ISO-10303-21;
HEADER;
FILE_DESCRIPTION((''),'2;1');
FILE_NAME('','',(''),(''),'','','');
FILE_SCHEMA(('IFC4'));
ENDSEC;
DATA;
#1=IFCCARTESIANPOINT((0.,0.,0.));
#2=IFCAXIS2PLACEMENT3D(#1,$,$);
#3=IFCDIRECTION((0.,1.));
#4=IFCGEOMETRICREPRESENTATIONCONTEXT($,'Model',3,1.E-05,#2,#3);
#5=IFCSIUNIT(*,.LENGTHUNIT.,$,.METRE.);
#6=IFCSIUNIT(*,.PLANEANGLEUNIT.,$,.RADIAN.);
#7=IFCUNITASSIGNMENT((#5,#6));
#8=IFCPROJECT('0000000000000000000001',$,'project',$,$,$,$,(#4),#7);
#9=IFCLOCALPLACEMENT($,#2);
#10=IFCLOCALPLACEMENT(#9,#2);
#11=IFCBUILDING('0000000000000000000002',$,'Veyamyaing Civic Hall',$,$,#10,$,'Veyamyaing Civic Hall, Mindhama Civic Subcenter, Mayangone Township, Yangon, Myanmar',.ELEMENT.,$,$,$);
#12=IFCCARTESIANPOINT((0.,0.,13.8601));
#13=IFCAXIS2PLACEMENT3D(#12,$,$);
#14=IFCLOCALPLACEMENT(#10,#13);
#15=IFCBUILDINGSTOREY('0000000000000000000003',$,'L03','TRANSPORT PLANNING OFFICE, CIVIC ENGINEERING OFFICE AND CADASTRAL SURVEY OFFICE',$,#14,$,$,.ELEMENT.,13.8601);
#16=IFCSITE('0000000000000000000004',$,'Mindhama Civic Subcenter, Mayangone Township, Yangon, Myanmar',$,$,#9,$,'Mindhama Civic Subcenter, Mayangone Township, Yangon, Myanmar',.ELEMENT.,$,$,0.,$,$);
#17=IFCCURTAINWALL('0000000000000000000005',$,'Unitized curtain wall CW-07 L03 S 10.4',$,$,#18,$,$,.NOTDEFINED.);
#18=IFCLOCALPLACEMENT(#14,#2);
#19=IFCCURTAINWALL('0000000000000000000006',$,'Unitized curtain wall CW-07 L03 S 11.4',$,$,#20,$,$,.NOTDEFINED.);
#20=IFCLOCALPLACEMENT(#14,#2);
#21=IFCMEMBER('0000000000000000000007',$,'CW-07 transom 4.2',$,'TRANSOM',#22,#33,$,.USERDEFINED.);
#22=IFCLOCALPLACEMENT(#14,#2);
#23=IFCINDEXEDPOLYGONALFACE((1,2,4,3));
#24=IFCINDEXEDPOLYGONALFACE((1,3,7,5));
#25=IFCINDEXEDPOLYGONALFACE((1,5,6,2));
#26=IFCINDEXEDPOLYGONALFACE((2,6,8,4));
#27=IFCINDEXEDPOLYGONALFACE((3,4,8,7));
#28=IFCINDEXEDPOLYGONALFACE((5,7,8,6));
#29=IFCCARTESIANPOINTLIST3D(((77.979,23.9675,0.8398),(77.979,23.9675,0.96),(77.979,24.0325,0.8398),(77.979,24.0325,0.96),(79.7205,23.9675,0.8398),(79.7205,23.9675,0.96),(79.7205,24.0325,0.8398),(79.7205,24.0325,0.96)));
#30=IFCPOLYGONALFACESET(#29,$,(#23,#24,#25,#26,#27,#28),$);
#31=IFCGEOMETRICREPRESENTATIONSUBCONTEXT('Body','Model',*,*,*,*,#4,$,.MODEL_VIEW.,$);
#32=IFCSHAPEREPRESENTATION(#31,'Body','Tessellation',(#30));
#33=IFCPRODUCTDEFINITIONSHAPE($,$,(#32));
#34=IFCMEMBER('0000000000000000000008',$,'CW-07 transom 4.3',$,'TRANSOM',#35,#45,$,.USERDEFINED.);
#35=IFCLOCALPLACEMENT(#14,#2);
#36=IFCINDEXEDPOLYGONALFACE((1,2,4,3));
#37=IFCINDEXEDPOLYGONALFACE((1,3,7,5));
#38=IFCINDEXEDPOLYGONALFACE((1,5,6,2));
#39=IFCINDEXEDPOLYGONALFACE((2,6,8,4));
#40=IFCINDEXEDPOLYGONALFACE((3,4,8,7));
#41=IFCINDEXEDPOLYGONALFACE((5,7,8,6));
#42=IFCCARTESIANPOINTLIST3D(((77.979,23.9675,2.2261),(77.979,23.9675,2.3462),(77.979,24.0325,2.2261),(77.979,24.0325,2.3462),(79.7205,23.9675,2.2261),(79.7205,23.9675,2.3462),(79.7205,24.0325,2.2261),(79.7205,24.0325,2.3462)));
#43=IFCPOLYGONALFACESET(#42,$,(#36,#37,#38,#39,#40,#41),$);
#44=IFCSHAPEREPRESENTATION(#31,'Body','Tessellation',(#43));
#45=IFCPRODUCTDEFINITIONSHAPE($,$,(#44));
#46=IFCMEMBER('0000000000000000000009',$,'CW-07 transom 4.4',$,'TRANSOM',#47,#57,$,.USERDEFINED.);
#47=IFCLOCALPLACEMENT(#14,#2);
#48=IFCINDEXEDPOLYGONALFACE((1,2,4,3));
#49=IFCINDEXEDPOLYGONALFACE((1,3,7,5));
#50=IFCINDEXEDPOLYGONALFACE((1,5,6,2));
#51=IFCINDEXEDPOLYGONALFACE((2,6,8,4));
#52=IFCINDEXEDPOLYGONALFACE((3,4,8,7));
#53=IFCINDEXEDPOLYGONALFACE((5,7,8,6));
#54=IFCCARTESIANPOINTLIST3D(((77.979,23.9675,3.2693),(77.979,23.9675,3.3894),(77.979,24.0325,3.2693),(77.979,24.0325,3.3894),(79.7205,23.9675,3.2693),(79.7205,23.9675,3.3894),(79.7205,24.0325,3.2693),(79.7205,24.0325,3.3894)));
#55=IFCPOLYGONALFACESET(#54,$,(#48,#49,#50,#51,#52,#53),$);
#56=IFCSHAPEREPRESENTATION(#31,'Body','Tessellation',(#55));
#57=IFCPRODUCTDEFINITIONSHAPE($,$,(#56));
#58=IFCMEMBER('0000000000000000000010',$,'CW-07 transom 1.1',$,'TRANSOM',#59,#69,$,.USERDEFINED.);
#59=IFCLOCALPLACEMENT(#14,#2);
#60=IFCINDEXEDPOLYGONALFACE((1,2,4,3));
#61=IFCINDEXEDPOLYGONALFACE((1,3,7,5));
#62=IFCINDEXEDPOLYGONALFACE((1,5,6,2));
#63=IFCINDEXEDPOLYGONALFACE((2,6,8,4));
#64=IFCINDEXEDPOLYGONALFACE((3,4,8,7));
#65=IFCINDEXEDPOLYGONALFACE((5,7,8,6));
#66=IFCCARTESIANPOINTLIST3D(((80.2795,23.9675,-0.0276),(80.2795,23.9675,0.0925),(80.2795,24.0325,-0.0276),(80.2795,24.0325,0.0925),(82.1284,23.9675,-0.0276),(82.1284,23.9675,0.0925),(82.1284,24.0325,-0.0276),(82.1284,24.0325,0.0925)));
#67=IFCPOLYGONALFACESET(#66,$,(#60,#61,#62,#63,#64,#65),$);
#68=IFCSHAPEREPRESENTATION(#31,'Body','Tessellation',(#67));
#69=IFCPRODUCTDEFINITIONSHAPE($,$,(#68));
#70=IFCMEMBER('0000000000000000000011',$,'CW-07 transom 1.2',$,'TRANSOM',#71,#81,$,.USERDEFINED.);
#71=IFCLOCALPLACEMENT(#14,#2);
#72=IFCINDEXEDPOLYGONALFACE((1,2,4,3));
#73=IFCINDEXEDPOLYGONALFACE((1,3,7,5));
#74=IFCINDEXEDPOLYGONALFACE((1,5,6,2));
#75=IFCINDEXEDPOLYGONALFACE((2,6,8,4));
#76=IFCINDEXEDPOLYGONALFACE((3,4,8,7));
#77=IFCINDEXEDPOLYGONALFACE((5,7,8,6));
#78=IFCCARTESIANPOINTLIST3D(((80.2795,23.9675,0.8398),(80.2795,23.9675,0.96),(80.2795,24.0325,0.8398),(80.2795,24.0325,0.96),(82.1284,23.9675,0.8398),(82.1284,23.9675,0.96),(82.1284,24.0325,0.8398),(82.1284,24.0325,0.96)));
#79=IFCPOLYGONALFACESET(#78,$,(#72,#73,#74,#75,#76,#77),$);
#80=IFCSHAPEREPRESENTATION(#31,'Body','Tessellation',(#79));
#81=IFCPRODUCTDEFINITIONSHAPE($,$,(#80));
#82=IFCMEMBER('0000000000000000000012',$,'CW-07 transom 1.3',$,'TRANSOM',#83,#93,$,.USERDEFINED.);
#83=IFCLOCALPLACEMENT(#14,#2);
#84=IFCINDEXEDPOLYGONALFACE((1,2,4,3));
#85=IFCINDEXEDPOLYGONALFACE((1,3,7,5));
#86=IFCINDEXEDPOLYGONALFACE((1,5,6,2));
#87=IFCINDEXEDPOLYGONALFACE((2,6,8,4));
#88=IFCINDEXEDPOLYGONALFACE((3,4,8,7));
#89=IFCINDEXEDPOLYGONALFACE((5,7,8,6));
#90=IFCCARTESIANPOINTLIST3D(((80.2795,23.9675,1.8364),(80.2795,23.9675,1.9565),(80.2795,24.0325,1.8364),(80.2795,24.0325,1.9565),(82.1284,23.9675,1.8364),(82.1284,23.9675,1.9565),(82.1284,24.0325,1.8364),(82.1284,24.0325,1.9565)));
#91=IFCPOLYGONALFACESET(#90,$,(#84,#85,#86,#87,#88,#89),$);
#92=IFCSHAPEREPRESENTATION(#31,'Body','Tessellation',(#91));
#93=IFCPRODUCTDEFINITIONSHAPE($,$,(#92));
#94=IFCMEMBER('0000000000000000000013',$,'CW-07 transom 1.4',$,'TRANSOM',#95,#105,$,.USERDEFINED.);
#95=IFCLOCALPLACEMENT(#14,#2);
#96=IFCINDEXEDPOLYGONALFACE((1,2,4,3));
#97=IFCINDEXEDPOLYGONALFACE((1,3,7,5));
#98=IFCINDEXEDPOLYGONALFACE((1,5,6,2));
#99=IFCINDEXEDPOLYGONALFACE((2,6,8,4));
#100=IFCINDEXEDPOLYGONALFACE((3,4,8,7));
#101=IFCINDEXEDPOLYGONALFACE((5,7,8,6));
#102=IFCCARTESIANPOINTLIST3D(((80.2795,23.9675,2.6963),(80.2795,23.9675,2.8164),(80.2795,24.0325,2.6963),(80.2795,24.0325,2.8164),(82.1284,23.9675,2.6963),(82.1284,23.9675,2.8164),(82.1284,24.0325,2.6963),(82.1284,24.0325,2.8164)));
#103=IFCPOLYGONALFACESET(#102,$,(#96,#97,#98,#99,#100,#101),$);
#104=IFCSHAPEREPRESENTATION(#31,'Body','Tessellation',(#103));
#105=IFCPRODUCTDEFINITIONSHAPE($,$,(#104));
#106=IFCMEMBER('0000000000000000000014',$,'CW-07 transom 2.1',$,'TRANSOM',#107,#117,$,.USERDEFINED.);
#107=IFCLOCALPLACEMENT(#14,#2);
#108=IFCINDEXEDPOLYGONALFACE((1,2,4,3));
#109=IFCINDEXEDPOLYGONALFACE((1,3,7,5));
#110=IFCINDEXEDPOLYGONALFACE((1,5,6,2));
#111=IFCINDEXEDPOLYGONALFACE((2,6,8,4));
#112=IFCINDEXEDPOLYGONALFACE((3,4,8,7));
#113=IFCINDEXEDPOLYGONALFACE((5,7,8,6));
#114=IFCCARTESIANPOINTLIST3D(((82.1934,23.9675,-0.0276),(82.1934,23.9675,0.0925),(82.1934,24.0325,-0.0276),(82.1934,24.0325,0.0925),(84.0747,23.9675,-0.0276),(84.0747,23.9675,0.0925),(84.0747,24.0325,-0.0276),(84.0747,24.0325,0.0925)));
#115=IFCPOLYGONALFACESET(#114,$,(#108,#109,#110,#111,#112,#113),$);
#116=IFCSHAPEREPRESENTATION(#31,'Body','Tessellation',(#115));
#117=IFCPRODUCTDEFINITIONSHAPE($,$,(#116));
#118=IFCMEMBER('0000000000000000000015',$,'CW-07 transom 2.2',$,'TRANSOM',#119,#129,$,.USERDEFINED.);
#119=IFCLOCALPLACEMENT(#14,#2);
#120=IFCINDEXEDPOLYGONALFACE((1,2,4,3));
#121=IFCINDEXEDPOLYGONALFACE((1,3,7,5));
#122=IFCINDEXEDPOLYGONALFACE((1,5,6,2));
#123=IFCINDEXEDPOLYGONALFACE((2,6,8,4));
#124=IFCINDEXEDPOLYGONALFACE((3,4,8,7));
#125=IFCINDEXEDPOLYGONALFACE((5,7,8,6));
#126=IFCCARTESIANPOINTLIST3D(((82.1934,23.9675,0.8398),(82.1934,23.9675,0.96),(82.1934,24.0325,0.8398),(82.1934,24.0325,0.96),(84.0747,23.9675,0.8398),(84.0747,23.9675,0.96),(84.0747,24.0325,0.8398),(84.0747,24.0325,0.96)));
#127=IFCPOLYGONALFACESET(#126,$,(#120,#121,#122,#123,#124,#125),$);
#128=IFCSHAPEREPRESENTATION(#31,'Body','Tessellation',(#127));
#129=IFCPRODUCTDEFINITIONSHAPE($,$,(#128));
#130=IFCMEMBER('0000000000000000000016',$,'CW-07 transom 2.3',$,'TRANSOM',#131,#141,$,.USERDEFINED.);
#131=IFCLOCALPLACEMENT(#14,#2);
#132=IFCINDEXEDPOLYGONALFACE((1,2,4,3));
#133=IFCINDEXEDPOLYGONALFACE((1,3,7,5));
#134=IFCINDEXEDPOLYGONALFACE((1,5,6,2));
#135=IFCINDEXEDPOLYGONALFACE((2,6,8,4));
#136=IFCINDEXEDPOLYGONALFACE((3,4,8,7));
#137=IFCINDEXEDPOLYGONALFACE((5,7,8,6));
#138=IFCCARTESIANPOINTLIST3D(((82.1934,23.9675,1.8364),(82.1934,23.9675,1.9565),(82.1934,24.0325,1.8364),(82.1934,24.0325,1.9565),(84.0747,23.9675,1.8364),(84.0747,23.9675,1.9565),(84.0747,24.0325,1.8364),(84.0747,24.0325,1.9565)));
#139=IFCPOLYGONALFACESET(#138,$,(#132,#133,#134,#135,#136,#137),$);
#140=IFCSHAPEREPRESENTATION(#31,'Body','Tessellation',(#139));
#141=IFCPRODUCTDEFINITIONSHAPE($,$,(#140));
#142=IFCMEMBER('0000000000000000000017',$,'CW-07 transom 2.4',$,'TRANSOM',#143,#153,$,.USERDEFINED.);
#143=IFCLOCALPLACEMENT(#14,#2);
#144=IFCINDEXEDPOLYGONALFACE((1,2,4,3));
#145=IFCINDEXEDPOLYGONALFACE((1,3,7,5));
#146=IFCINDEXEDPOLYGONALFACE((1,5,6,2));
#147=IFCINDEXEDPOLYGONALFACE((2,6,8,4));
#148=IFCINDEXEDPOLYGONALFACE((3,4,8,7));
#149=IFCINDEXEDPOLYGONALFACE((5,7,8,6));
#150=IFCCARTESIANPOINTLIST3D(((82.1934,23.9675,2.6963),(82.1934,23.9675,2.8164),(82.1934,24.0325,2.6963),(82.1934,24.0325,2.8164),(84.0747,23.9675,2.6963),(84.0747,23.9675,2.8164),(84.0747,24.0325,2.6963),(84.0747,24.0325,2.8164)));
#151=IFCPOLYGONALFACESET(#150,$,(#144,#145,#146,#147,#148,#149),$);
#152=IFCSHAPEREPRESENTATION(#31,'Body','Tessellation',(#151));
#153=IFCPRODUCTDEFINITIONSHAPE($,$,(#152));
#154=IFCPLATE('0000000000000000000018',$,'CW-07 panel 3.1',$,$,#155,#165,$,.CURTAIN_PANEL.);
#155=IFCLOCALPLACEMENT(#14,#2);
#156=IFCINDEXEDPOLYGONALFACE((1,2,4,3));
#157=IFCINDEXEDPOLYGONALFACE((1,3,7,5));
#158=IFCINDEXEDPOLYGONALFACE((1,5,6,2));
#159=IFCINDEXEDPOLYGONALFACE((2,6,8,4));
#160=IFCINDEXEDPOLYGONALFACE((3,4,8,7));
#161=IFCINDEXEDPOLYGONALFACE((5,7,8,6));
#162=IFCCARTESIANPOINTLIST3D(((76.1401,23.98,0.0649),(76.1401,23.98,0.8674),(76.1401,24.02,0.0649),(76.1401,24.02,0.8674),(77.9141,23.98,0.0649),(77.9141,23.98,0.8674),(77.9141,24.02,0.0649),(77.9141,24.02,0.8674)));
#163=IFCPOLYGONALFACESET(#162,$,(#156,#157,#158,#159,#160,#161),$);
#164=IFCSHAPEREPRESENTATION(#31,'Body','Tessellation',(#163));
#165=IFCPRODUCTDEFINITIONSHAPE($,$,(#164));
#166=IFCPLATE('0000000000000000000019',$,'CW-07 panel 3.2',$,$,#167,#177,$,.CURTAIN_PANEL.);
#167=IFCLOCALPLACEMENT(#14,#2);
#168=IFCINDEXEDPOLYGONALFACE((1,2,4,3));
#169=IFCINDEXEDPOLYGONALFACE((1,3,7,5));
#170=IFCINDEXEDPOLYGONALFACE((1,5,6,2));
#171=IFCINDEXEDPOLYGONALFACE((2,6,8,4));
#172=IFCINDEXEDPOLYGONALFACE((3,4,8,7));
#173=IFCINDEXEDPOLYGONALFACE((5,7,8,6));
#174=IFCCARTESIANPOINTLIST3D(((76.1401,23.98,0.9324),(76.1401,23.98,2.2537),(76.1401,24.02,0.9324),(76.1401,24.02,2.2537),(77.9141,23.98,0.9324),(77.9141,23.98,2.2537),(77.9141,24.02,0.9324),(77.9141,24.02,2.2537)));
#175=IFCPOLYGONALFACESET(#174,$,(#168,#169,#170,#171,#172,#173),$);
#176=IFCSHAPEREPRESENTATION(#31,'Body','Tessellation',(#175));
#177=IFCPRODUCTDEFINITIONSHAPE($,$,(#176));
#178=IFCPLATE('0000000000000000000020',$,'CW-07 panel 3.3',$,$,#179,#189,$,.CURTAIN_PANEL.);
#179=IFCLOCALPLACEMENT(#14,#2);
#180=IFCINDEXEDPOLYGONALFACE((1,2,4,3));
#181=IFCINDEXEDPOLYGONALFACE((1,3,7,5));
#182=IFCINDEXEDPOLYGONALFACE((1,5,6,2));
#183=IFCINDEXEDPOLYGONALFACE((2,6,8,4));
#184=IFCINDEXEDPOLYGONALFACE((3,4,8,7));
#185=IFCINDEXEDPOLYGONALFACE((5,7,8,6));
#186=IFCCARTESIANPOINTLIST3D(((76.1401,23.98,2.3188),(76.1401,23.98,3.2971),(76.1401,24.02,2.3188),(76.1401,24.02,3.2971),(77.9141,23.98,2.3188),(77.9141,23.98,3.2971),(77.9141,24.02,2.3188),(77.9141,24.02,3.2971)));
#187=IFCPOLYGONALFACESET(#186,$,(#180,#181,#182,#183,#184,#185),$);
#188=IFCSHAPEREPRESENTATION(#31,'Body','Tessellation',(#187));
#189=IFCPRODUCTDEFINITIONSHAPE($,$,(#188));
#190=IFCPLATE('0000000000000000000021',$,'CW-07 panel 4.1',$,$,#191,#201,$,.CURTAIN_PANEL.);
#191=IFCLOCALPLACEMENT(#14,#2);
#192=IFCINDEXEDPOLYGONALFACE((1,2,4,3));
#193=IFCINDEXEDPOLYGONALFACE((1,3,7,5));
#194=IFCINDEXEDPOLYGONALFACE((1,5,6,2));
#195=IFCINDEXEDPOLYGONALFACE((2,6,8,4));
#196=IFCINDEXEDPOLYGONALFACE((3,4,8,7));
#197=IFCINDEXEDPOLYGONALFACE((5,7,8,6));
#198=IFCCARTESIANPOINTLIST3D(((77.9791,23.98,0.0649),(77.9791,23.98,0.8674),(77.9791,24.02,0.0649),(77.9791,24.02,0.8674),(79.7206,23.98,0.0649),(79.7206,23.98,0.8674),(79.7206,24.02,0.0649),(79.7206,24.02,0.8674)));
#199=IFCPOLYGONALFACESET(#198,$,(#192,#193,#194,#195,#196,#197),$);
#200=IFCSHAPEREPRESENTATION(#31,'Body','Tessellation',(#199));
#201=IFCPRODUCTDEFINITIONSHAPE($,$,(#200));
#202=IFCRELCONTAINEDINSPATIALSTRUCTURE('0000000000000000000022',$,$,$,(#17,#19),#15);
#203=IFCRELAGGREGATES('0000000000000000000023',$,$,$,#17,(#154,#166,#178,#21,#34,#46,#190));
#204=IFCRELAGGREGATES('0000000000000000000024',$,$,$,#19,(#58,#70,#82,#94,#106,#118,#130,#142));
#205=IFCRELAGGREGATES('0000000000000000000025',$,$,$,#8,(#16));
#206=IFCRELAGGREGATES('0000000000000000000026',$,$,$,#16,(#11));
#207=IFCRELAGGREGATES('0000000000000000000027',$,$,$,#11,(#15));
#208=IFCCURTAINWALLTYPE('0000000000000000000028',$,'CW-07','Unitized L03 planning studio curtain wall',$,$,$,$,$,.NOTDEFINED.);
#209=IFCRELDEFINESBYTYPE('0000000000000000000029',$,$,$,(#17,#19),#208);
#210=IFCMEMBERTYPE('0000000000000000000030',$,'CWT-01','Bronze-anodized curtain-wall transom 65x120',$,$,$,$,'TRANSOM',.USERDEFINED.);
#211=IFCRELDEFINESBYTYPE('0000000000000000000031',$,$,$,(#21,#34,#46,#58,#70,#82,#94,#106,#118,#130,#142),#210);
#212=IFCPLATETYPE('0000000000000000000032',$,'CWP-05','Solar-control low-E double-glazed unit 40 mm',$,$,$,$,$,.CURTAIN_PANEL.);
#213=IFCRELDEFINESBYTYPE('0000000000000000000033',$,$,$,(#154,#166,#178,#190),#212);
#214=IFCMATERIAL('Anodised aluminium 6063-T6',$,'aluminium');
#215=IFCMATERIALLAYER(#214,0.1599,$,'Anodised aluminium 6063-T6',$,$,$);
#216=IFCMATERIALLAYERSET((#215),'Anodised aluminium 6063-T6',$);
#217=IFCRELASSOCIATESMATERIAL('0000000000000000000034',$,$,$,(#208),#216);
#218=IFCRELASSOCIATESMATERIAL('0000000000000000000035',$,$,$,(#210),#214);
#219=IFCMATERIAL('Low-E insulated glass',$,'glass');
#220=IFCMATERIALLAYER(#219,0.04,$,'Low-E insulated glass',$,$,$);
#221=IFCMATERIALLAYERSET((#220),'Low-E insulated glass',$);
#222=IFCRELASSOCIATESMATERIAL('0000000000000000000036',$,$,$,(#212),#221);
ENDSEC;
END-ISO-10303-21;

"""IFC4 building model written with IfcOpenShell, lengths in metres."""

from ifc_helpers import new_model, si_unit, direction, frame, origin, origin_2d, place, context, subcontext, project, spatial, rectangle, extrude, material, layer, layer_set, material_profile, profile_set, type_object, element, aggregate, save


model = new_model("IFC4")

# Units and contexts
model_context = context("Model", 3, precision=1e-05, world=origin(), true_north=direction((0.0, 1.0)))
body_context = subcontext(model_context, "Body", "Model", "MODEL_VIEW")
ifc_project = project(units=[si_unit("LENGTHUNIT", "METRE"), si_unit("PLANEANGLEUNIT", "RADIAN")], contexts=[model_context])

# Site, building, storey
site_placement = place(None, origin())
site = spatial("IfcSite", under=ifc_project, at=site_placement, Name="Mindhama Civic Subcenter, Mayangone Township, Yangon, Myanmar", LongName="Mindhama Civic Subcenter, Mayangone Township, Yangon, Myanmar", CompositionType="ELEMENT", RefElevation=0.0)
building_placement = place(site_placement, origin())
building = spatial("IfcBuilding", under=site, at=building_placement, Name="Veyamyaing Civic Hall", LongName="Veyamyaing Civic Hall, Mindhama Civic Subcenter, Mayangone Township, Yangon, Myanmar", CompositionType="ELEMENT")
storey_placement = place(building_placement, frame((0.0, 0.0, 13.8601)))
storey = spatial("IfcBuildingStorey", under=building, at=storey_placement, Name="L03", Description="TRANSPORT PLANNING OFFICE, CIVIC ENGINEERING OFFICE AND CADASTRAL SURVEY OFFICE", CompositionType="ELEMENT", Elevation=13.8601)

# Curtain walls
ifc_material_1 = material(Name="Anodised aluminium 6063-T6", Category="aluminium")
ifc_layer_1 = layer(ifc_material_1, 0.1599, Name="Anodised aluminium 6063-T6")
ifc_layer_set_1 = layer_set([ifc_layer_1], Name="Anodised aluminium 6063-T6")
curtain_wall_type = type_object("IfcCurtainWallType", Name="CW-07", Description="Unitized L03 planning studio curtain wall", PredefinedType="NOTDEFINED", material=ifc_layer_set_1)
curtain_wall_1_placement = place(storey_placement, origin())
curtain_wall_1 = element("IfcCurtainWall", 1, at=curtain_wall_1_placement, inside=storey, type_object=curtain_wall_type, Name="Unitized curtain wall CW-07 L03 S 10.4", PredefinedType="NOTDEFINED")
curtain_wall_2_placement = place(storey_placement, origin())
curtain_wall_2 = element("IfcCurtainWall", 2, at=curtain_wall_2_placement, inside=storey, type_object=curtain_wall_type, Name="Unitized curtain wall CW-07 L03 S 11.4", PredefinedType="NOTDEFINED")

# Members
ifc_material_profile_1 = material_profile(ifc_material_1, rectangle(XDim=0.0649, YDim=0.1201, at=origin_2d()), Name="ALU-TRN-65X120")
ifc_profile_set_1 = profile_set([ifc_material_profile_1], Name="Anodised aluminium 6063-T6")
member_type_1 = type_object("IfcMemberType", Name="CWT-01", Description="Bronze-anodized curtain-wall transom 65x120", ElementType="TRANSOM", PredefinedType="USERDEFINED", material=ifc_profile_set_1)
member_1_placement = place(storey_placement, frame((77.979, 24.0, 0.8999), z_axis=(1.0, 0.0, 0.0), x_axis=(0.0, 1.0, 0.0)))
member_1 = element("IfcMember", 3, at=member_1_placement, type_object=member_type_1, Name="CW-07 transom 4.2", ObjectType="TRANSOM", PredefinedType="USERDEFINED", context=body_context, shape_type="SweptSolid", body=[
    extrude(rectangle(XDim=0.0649, YDim=0.1201, at=origin_2d()), origin(), (0.0, 0.0, 1.0), 1.7415),
])
member_2_placement = place(storey_placement, frame((77.979, 24.0, 2.2861), z_axis=(1.0, 0.0, 0.0), x_axis=(0.0, 1.0, 0.0)))
member_2 = element("IfcMember", 4, at=member_2_placement, type_object=member_type_1, Name="CW-07 transom 4.3", ObjectType="TRANSOM", PredefinedType="USERDEFINED", context=body_context, shape_type="SweptSolid", body=[
    extrude(rectangle(XDim=0.0649, YDim=0.1201, at=origin_2d()), origin(), (0.0, 0.0, 1.0), 1.7415),
])
member_3_placement = place(storey_placement, frame((77.979, 24.0, 3.3293), z_axis=(1.0, 0.0, 0.0), x_axis=(0.0, 1.0, 0.0)))
member_3 = element("IfcMember", 5, at=member_3_placement, type_object=member_type_1, Name="CW-07 transom 4.4", ObjectType="TRANSOM", PredefinedType="USERDEFINED", context=body_context, shape_type="SweptSolid", body=[
    extrude(rectangle(XDim=0.0649, YDim=0.1201, at=origin_2d()), origin(), (0.0, 0.0, 1.0), 1.7415),
])
member_4_placement = place(storey_placement, frame((80.2795, 24.0, 0.0325), z_axis=(1.0, 0.0, 0.0), x_axis=(0.0, 1.0, 0.0)))
member_4 = element("IfcMember", 6, at=member_4_placement, type_object=member_type_1, Name="CW-07 transom 1.1", ObjectType="TRANSOM", PredefinedType="USERDEFINED", context=body_context, shape_type="SweptSolid", body=[
    extrude(rectangle(XDim=0.0649, YDim=0.1201, at=origin_2d()), origin(), (0.0, 0.0, 1.0), 1.8489),
])
member_5_placement = place(storey_placement, frame((80.2795, 24.0, 0.8999), z_axis=(1.0, 0.0, 0.0), x_axis=(0.0, 1.0, 0.0)))
member_5 = element("IfcMember", 7, at=member_5_placement, type_object=member_type_1, Name="CW-07 transom 1.2", ObjectType="TRANSOM", PredefinedType="USERDEFINED", context=body_context, shape_type="SweptSolid", body=[
    extrude(rectangle(XDim=0.0649, YDim=0.1201, at=origin_2d()), origin(), (0.0, 0.0, 1.0), 1.8489),
])
member_6_placement = place(storey_placement, frame((80.2795, 24.0, 1.8965), z_axis=(1.0, 0.0, 0.0), x_axis=(0.0, 1.0, 0.0)))
member_6 = element("IfcMember", 8, at=member_6_placement, type_object=member_type_1, Name="CW-07 transom 1.3", ObjectType="TRANSOM", PredefinedType="USERDEFINED", context=body_context, shape_type="SweptSolid", body=[
    extrude(rectangle(XDim=0.0649, YDim=0.1201, at=origin_2d()), origin(), (0.0, 0.0, 1.0), 1.8489),
])
member_7_placement = place(storey_placement, frame((80.2795, 24.0, 2.7563), z_axis=(1.0, 0.0, 0.0), x_axis=(0.0, 1.0, 0.0)))
member_7 = element("IfcMember", 9, at=member_7_placement, type_object=member_type_1, Name="CW-07 transom 1.4", ObjectType="TRANSOM", PredefinedType="USERDEFINED", context=body_context, shape_type="SweptSolid", body=[
    extrude(rectangle(XDim=0.0649, YDim=0.1201, at=origin_2d()), origin(), (0.0, 0.0, 1.0), 1.8489),
])
member_8_placement = place(storey_placement, frame((82.1934, 24.0, 0.0325), z_axis=(1.0, 0.0, 0.0), x_axis=(0.0, 1.0, 0.0)))
member_8 = element("IfcMember", 10, at=member_8_placement, type_object=member_type_1, Name="CW-07 transom 2.1", ObjectType="TRANSOM", PredefinedType="USERDEFINED", context=body_context, shape_type="SweptSolid", body=[
    extrude(rectangle(XDim=0.0649, YDim=0.1201, at=origin_2d()), origin(), (0.0, 0.0, 1.0), 1.8813),
])
member_9_placement = place(storey_placement, frame((82.1934, 24.0, 0.8999), z_axis=(1.0, 0.0, 0.0), x_axis=(0.0, 1.0, 0.0)))
member_9 = element("IfcMember", 11, at=member_9_placement, type_object=member_type_1, Name="CW-07 transom 2.2", ObjectType="TRANSOM", PredefinedType="USERDEFINED", context=body_context, shape_type="SweptSolid", body=[
    extrude(rectangle(XDim=0.0649, YDim=0.1201, at=origin_2d()), origin(), (0.0, 0.0, 1.0), 1.8813),
])
member_10_placement = place(storey_placement, frame((82.1934, 24.0, 1.8965), z_axis=(1.0, 0.0, 0.0), x_axis=(0.0, 1.0, 0.0)))
member_10 = element("IfcMember", 12, at=member_10_placement, type_object=member_type_1, Name="CW-07 transom 2.3", ObjectType="TRANSOM", PredefinedType="USERDEFINED", context=body_context, shape_type="SweptSolid", body=[
    extrude(rectangle(XDim=0.0649, YDim=0.1201, at=origin_2d()), origin(), (0.0, 0.0, 1.0), 1.8813),
])
member_11_placement = place(storey_placement, frame((82.1934, 24.0, 2.7563), z_axis=(1.0, 0.0, 0.0), x_axis=(0.0, 1.0, 0.0)))
member_11 = element("IfcMember", 13, at=member_11_placement, type_object=member_type_1, Name="CW-07 transom 2.4", ObjectType="TRANSOM", PredefinedType="USERDEFINED", context=body_context, shape_type="SweptSolid", body=[
    extrude(rectangle(XDim=0.0649, YDim=0.1201, at=origin_2d()), origin(), (0.0, 0.0, 1.0), 1.8813),
])

# Plates
ifc_material_2 = material(Name="Low-E insulated glass", Category="glass")
ifc_layer_2 = layer(ifc_material_2, 0.04, Name="Low-E insulated glass")
ifc_layer_set_2 = layer_set([ifc_layer_2], Name="Low-E insulated glass")
plate_type_1 = type_object("IfcPlateType", Name="CWP-05", Description="Solar-control low-E double-glazed unit 40 mm", PredefinedType="CURTAIN_PANEL", material=ifc_layer_set_2)
plate_1_placement = place(storey_placement, frame((77.0271, 24.0, 0.0649), z_axis=(0.0, 0.0, 1.0), x_axis=(1.0, 0.0, 0.0)))
plate_1 = element("IfcPlate", 14, at=plate_1_placement, type_object=plate_type_1, Name="CW-07 panel 3.1", PredefinedType="CURTAIN_PANEL", context=body_context, shape_type="SweptSolid", body=[
    extrude(rectangle(XDim=1.7739, YDim=0.04, at=origin_2d()), origin(), (0.0, 0.0, 1.0), 0.8025),
])
plate_2_placement = place(storey_placement, frame((77.0271, 24.0, 0.9324), z_axis=(0.0, 0.0, 1.0), x_axis=(1.0, 0.0, 0.0)))
plate_2 = element("IfcPlate", 15, at=plate_2_placement, type_object=plate_type_1, Name="CW-07 panel 3.2", PredefinedType="CURTAIN_PANEL", context=body_context, shape_type="SweptSolid", body=[
    extrude(rectangle(XDim=1.7739, YDim=0.04, at=origin_2d()), origin(), (0.0, 0.0, 1.0), 1.3213),
])
plate_3_placement = place(storey_placement, frame((77.0271, 24.0, 2.3188), z_axis=(0.0, 0.0, 1.0), x_axis=(1.0, 0.0, 0.0)))
plate_3 = element("IfcPlate", 16, at=plate_3_placement, type_object=plate_type_1, Name="CW-07 panel 3.3", PredefinedType="CURTAIN_PANEL", context=body_context, shape_type="SweptSolid", body=[
    extrude(rectangle(XDim=1.7739, YDim=0.04, at=origin_2d()), origin(), (0.0, 0.0, 1.0), 0.9783),
])
plate_4_placement = place(storey_placement, frame((78.8499, 24.0, 0.0649), z_axis=(0.0, 0.0, 1.0), x_axis=(1.0, 0.0, 0.0)))
plate_4 = element("IfcPlate", 17, at=plate_4_placement, type_object=plate_type_1, Name="CW-07 panel 4.1", PredefinedType="CURTAIN_PANEL", context=body_context, shape_type="SweptSolid", body=[
    extrude(rectangle(XDim=1.7415, YDim=0.04, at=origin_2d()), origin(), (0.0, 0.0, 1.0), 0.8025),
])
aggregate(curtain_wall_1, [plate_1, plate_2, plate_3, member_1, member_2, member_3, plate_4])
aggregate(curtain_wall_2, [member_4, member_5, member_6, member_7, member_8, member_9, member_10, member_11])

save(model, "model.ifc")
